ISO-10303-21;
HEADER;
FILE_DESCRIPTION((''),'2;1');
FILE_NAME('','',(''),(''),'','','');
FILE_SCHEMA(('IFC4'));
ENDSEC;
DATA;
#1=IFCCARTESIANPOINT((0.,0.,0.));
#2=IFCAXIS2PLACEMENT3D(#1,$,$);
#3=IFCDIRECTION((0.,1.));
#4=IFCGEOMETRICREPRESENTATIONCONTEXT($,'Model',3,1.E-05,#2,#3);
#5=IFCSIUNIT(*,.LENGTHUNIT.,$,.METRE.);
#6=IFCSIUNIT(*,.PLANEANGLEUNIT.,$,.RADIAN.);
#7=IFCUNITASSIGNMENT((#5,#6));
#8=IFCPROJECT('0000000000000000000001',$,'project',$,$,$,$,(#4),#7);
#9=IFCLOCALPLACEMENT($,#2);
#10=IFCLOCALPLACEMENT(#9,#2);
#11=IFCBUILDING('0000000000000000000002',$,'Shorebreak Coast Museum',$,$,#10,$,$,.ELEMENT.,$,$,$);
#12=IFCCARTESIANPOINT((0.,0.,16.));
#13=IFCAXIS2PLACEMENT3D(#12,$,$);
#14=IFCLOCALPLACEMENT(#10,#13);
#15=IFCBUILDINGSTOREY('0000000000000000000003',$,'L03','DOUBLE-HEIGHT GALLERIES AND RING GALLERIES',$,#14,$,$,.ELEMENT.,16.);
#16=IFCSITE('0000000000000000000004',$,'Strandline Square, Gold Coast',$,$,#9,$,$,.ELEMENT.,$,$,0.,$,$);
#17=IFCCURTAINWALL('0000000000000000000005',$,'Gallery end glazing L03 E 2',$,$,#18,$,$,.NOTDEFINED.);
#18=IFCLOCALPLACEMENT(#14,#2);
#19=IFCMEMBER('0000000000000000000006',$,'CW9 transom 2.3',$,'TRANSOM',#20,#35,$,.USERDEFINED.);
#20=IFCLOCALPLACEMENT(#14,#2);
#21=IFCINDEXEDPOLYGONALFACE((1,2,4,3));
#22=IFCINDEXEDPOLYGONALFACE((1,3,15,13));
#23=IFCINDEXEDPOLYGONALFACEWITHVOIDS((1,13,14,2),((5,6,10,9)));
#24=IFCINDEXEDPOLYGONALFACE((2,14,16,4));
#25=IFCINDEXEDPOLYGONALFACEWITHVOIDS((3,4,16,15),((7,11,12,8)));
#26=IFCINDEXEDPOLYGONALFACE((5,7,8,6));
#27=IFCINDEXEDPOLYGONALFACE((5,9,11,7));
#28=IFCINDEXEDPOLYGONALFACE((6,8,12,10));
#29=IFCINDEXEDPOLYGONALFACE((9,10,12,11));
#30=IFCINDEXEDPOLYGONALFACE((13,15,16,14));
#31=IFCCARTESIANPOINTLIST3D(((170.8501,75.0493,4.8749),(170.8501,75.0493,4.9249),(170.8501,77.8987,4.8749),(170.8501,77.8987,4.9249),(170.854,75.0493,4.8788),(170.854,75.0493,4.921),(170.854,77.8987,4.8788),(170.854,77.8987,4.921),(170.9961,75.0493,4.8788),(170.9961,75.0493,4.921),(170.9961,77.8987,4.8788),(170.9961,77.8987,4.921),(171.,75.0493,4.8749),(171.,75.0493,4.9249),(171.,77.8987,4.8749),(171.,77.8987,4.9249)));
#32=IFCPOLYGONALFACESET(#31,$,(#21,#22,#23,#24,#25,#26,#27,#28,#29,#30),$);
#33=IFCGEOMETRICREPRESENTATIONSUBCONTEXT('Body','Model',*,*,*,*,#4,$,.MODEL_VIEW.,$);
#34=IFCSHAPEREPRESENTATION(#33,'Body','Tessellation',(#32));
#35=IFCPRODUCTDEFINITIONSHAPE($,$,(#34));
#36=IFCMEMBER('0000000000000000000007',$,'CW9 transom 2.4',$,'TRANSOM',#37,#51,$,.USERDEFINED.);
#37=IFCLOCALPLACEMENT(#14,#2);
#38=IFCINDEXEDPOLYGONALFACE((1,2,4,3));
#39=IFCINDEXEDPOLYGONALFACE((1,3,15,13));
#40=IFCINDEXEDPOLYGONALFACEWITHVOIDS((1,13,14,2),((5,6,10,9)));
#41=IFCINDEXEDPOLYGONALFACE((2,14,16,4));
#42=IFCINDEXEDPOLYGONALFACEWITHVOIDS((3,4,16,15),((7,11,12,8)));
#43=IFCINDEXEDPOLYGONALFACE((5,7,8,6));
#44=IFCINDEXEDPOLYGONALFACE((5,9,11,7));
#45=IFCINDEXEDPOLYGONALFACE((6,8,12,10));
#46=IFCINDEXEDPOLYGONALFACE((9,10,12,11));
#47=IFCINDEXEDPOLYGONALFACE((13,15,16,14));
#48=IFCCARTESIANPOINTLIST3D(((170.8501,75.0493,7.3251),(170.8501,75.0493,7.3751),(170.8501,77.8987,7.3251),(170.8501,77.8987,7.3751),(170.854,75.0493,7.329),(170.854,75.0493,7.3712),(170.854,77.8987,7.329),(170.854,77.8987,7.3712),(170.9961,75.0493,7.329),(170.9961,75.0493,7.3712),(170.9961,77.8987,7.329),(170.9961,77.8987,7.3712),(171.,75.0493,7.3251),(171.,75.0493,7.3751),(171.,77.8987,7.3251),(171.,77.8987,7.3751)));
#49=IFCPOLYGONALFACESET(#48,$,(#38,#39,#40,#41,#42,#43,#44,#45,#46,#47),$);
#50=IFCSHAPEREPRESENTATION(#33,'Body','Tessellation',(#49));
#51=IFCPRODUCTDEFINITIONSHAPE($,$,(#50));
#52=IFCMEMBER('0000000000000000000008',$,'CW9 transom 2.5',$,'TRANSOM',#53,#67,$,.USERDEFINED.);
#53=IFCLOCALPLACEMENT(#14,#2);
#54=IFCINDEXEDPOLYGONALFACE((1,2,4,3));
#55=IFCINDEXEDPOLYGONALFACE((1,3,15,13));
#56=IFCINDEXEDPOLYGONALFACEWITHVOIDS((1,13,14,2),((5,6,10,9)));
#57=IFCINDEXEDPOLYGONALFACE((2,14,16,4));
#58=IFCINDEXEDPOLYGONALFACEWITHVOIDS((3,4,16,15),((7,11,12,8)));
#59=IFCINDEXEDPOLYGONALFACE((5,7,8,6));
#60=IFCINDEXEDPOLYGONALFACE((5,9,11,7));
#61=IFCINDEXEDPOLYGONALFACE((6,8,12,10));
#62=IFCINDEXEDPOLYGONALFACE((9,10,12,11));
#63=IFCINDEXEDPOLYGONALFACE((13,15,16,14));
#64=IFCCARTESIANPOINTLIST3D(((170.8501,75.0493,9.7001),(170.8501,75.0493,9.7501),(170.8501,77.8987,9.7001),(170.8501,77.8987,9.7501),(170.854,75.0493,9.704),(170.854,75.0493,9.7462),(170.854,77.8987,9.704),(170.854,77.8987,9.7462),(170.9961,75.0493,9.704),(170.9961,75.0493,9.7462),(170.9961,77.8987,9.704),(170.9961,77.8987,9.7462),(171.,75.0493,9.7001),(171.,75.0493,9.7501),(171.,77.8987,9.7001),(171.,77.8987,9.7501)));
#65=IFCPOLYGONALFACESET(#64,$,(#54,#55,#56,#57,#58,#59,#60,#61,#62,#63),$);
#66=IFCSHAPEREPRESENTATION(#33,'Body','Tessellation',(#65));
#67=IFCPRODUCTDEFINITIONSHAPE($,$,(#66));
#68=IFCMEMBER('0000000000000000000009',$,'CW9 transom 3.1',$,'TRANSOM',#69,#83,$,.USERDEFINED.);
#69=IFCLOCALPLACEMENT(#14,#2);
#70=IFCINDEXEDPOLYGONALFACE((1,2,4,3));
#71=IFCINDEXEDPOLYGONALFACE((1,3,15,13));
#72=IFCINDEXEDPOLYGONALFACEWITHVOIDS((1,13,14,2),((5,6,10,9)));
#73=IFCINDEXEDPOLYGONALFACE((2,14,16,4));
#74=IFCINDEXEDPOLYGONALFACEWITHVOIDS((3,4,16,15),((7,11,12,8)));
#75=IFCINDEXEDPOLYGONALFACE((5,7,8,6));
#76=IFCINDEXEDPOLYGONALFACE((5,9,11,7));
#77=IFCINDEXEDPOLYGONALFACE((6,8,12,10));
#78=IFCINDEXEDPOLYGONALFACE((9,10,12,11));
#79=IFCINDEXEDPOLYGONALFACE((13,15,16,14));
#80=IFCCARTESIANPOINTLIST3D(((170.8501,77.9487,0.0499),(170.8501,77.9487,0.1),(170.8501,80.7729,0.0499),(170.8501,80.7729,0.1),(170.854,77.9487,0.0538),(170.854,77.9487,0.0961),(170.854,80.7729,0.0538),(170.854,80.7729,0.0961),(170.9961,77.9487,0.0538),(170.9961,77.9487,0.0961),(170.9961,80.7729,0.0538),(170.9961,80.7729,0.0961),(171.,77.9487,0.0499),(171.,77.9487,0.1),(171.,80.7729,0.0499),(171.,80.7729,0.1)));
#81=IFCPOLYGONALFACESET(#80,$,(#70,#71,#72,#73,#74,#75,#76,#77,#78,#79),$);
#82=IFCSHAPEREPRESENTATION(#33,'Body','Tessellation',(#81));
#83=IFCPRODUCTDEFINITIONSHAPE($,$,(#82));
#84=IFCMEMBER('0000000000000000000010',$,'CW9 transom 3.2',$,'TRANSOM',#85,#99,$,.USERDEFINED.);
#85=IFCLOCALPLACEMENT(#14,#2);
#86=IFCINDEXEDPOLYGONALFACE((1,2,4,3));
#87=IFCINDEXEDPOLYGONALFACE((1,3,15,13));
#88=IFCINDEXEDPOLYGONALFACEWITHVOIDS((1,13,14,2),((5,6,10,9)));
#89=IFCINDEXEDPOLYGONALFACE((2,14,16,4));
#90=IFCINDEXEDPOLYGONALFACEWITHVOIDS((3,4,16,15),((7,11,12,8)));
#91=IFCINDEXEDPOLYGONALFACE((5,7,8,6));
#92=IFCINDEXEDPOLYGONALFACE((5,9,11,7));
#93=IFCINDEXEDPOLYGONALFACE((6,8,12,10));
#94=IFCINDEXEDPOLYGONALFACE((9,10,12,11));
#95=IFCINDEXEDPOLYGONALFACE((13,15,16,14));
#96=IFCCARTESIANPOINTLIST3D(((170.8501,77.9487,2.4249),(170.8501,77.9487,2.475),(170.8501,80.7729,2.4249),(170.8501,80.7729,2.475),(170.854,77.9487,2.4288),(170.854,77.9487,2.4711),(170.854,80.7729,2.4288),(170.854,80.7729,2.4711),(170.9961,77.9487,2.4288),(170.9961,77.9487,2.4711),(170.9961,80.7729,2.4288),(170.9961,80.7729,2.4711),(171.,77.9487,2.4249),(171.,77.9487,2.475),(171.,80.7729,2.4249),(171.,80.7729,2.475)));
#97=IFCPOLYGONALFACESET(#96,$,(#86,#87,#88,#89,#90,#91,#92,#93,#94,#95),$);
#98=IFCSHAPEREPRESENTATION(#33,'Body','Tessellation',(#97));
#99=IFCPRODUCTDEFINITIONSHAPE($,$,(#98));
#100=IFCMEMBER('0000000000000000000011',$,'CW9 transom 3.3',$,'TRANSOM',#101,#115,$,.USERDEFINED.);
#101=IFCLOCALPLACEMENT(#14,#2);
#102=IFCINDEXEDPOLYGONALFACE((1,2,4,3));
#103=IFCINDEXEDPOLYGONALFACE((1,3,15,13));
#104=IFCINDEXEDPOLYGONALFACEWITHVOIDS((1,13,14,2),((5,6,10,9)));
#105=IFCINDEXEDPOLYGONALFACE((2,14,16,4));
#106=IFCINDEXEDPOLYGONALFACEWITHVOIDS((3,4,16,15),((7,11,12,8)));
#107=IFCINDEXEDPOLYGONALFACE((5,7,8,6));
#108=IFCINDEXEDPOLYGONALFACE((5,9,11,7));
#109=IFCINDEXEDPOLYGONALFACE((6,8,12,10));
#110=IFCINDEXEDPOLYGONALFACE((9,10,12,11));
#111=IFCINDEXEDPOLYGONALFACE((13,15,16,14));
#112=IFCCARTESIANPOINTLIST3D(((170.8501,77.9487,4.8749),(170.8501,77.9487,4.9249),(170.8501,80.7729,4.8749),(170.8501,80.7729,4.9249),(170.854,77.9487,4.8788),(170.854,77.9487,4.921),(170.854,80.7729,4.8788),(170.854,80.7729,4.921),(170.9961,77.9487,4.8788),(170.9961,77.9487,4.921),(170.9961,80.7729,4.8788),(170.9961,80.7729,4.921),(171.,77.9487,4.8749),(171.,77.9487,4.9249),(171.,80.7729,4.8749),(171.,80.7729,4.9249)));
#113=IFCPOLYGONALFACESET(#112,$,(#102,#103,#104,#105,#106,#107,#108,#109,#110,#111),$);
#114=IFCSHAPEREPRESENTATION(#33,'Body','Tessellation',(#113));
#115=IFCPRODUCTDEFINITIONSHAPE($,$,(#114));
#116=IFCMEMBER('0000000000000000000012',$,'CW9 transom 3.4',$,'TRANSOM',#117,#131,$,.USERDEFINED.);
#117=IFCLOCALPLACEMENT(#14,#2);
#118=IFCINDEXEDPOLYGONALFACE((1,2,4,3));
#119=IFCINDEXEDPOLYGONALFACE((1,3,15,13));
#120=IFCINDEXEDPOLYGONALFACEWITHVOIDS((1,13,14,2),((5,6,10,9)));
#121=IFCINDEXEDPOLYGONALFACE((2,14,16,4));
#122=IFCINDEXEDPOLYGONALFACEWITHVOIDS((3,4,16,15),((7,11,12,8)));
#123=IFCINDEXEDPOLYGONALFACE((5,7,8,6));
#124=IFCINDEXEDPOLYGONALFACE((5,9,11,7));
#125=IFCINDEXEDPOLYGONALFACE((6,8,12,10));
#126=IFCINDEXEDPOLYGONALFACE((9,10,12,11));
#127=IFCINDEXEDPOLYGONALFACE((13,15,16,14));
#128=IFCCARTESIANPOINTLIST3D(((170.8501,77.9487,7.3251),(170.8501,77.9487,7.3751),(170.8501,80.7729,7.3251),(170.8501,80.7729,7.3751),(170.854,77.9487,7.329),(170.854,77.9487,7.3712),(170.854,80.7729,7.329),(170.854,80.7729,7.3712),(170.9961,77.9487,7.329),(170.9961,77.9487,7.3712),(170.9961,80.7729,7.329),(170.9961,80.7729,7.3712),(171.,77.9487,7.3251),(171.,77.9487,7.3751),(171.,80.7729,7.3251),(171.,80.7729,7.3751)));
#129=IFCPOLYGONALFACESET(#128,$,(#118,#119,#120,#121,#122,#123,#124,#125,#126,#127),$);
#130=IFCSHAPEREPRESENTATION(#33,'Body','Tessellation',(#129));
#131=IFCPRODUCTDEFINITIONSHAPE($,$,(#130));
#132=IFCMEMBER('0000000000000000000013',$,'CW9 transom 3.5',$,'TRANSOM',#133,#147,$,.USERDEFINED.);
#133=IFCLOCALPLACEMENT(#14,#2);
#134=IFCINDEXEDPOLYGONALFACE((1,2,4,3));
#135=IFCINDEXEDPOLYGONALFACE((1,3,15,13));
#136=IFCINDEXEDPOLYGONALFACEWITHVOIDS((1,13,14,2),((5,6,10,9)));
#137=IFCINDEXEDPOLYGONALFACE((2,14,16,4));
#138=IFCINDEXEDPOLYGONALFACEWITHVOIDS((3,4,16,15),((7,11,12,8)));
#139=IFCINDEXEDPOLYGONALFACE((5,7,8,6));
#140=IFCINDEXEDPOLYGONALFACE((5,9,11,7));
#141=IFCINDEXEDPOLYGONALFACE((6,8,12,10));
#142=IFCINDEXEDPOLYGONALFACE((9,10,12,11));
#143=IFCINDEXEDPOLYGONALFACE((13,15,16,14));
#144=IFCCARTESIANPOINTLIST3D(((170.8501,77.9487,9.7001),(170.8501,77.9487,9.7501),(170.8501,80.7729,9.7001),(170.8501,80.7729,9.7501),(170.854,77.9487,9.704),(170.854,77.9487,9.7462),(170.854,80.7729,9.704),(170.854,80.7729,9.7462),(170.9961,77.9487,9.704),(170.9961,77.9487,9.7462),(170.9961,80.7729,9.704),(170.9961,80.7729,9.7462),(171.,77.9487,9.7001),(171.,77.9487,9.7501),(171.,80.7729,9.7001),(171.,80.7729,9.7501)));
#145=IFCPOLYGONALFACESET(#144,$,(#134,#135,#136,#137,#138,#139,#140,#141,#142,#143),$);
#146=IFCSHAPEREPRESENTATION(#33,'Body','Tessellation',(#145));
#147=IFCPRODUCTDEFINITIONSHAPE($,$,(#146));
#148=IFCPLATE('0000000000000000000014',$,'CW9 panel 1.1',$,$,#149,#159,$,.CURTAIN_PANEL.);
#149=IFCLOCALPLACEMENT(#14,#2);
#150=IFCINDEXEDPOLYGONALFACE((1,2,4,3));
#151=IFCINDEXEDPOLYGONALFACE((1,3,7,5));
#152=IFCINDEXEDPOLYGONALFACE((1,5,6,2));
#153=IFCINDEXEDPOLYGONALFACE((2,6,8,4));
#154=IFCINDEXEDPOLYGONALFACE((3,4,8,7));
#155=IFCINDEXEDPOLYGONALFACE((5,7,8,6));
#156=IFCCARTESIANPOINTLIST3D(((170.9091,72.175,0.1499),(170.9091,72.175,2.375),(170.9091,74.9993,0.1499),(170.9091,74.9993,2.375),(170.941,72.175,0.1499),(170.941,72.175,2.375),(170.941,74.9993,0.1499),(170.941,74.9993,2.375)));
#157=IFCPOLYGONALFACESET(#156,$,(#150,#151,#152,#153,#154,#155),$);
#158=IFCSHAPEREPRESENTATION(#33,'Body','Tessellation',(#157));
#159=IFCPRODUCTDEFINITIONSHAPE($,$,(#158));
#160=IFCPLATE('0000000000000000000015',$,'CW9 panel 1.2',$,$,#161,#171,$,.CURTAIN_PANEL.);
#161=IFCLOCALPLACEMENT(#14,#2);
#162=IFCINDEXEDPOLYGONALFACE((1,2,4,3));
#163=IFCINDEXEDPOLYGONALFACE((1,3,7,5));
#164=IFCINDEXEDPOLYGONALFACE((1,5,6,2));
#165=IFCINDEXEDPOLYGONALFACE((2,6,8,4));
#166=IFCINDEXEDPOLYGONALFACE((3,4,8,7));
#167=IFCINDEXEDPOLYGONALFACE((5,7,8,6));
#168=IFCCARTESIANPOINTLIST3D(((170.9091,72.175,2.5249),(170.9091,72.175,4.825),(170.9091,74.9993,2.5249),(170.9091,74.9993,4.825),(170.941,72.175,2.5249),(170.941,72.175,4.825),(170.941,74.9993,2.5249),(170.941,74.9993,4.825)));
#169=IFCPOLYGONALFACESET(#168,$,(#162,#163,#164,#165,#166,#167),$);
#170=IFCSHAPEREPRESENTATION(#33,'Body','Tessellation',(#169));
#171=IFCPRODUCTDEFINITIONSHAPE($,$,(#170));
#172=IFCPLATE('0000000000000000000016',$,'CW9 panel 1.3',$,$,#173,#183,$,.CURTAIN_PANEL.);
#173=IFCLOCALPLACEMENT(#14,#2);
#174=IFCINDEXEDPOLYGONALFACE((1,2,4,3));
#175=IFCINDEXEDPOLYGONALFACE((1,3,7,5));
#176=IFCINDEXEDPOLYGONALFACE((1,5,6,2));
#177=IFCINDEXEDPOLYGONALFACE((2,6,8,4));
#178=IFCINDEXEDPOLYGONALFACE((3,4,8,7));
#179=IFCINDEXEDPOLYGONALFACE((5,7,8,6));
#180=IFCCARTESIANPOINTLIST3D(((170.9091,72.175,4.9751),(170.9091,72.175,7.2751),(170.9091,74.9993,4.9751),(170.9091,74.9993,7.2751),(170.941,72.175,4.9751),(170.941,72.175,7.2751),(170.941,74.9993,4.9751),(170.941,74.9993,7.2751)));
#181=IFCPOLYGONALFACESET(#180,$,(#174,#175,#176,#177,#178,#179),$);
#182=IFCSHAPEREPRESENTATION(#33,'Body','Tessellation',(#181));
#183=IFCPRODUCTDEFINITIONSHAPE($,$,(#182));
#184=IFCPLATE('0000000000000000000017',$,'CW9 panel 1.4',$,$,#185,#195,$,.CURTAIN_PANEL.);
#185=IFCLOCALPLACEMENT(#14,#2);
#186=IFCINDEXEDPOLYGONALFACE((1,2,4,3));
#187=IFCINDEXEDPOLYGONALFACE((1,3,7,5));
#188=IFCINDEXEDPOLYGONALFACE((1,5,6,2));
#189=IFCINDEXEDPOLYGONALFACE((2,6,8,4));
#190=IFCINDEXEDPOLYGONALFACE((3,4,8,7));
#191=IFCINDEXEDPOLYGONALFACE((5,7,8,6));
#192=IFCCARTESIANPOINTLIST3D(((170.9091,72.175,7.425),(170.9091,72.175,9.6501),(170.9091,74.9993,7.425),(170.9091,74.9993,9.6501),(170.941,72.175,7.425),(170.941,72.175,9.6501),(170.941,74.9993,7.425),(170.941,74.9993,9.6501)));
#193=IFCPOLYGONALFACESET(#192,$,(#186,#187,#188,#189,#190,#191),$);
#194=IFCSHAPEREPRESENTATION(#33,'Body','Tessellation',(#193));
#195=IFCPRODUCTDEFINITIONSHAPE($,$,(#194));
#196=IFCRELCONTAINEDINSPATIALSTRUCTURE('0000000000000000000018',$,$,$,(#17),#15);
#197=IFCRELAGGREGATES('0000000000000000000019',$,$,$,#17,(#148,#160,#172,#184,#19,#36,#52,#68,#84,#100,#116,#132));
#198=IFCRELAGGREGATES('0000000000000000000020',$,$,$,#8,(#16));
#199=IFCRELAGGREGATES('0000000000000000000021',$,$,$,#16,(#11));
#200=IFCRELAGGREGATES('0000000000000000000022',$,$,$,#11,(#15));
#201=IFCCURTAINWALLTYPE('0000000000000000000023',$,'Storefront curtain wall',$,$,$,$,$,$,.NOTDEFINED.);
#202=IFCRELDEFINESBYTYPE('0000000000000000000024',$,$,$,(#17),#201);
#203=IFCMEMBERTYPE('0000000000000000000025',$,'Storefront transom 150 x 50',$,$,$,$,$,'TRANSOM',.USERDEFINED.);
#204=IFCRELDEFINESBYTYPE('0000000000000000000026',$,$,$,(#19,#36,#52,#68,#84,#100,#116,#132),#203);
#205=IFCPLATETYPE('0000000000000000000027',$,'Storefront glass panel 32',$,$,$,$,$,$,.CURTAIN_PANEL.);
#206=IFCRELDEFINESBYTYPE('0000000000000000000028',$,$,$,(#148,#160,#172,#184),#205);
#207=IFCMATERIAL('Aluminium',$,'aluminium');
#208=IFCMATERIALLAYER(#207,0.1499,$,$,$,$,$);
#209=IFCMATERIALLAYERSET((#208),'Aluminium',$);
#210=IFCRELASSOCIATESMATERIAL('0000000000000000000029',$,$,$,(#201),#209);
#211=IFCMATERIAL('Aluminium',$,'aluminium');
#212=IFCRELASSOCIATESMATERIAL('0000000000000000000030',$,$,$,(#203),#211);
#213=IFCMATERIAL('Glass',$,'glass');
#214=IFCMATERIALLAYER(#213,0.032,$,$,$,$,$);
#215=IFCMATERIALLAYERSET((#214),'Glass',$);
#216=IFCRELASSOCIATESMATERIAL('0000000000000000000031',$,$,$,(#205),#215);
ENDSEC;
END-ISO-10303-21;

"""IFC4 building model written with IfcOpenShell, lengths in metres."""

from ifc_helpers import new_model, si_unit, direction, frame, origin, origin_2d, place, context, subcontext, project, spatial, rectangle, hollow_rectangle, extrude, material, layer, layer_set, material_profile, profile_set, type_object, element, aggregate, save


model = new_model("IFC4")

# Units and contexts
model_context = context("Model", 3, precision=1e-05, world=origin(), true_north=direction((0.0, 1.0)))
body_context = subcontext(model_context, "Body", "Model", "MODEL_VIEW")
ifc_project = project(units=[si_unit("LENGTHUNIT", "METRE"), si_unit("PLANEANGLEUNIT", "RADIAN")], contexts=[model_context])

# Site, building, storey
site_placement = place(None, origin())
site = spatial("IfcSite", under=ifc_project, at=site_placement, Name="Strandline Square, Gold Coast", CompositionType="ELEMENT", RefElevation=0.0)
building_placement = place(site_placement, origin())
building = spatial("IfcBuilding", under=site, at=building_placement, Name="Shorebreak Coast Museum", CompositionType="ELEMENT")
storey_placement = place(building_placement, frame((0.0, 0.0, 16.0)))
storey = spatial("IfcBuildingStorey", under=building, at=storey_placement, Name="L03", Description="DOUBLE-HEIGHT GALLERIES AND RING GALLERIES", CompositionType="ELEMENT", Elevation=16.0)

# Curtain wall, members, plates
ifc_material_1 = material(Name="Aluminium", Category="aluminium")
ifc_layer_1 = layer(ifc_material_1, 0.1499)
ifc_layer_set_1 = layer_set([ifc_layer_1], Name="Aluminium")
curtain_wall_type = type_object("IfcCurtainWallType", Name="Storefront curtain wall", PredefinedType="NOTDEFINED", material=ifc_layer_set_1)
curtain_wall_placement = place(storey_placement, origin())
curtain_wall = element("IfcCurtainWall", 1, at=curtain_wall_placement, inside=storey, type_object=curtain_wall_type, Name="Gallery end glazing L03 E 2", PredefinedType="NOTDEFINED")
ifc_material_2 = material(Name="Aluminium", Category="aluminium")
ifc_material_profile_1 = material_profile(ifc_material_2, hollow_rectangle(XDim=0.1499, YDim=0.05, WallThickness=0.0039, at=origin_2d()), Name="AL 50x150 RHS")
ifc_profile_set_1 = profile_set([ifc_material_profile_1], Name="Aluminium")
member_type_1 = type_object("IfcMemberType", Name="Storefront transom 150 x 50", ElementType="TRANSOM", PredefinedType="USERDEFINED", material=ifc_profile_set_1)
member_1_placement = place(storey_placement, frame((170.925, 75.0493, 4.8999), z_axis=(0.0, 1.0, 0.0), x_axis=(-1.0, 0.0, 0.0)))
member_1 = element("IfcMember", 2, at=member_1_placement, type_object=member_type_1, Name="CW9 transom 2.3", ObjectType="TRANSOM", PredefinedType="USERDEFINED", context=body_context, shape_type="SweptSolid", body=[
    extrude(hollow_rectangle(XDim=0.1499, YDim=0.05, WallThickness=0.0039, at=origin_2d()), origin(), (0.0, 0.0, 1.0), 2.8494),
])
member_2_placement = place(storey_placement, frame((170.925, 75.0493, 7.3501), z_axis=(0.0, 1.0, 0.0), x_axis=(-1.0, 0.0, 0.0)))
member_2 = element("IfcMember", 3, at=member_2_placement, type_object=member_type_1, Name="CW9 transom 2.4", ObjectType="TRANSOM", PredefinedType="USERDEFINED", context=body_context, shape_type="SweptSolid", body=[
    extrude(hollow_rectangle(XDim=0.1499, YDim=0.05, WallThickness=0.0039, at=origin_2d()), origin(), (0.0, 0.0, 1.0), 2.8494),
])
member_3_placement = place(storey_placement, frame((170.925, 75.0493, 9.7251), z_axis=(0.0, 1.0, 0.0), x_axis=(-1.0, 0.0, 0.0)))
member_3 = element("IfcMember", 4, at=member_3_placement, type_object=member_type_1, Name="CW9 transom 2.5", ObjectType="TRANSOM", PredefinedType="USERDEFINED", context=body_context, shape_type="SweptSolid", body=[
    extrude(hollow_rectangle(XDim=0.1499, YDim=0.05, WallThickness=0.0039, at=origin_2d()), origin(), (0.0, 0.0, 1.0), 2.8494),
])
member_4_placement = place(storey_placement, frame((170.925, 77.9487, 0.075), z_axis=(0.0, 1.0, 0.0), x_axis=(-1.0, 0.0, 0.0)))
member_4 = element("IfcMember", 5, at=member_4_placement, type_object=member_type_1, Name="CW9 transom 3.1", ObjectType="TRANSOM", PredefinedType="USERDEFINED", context=body_context, shape_type="SweptSolid", body=[
    extrude(hollow_rectangle(XDim=0.1499, YDim=0.05, WallThickness=0.0039, at=origin_2d()), origin(), (0.0, 0.0, 1.0), 2.8242),
])
member_5_placement = place(storey_placement, frame((170.925, 77.9487, 2.45), z_axis=(0.0, 1.0, 0.0), x_axis=(-1.0, 0.0, 0.0)))
member_5 = element("IfcMember", 6, at=member_5_placement, type_object=member_type_1, Name="CW9 transom 3.2", ObjectType="TRANSOM", PredefinedType="USERDEFINED", context=body_context, shape_type="SweptSolid", body=[
    extrude(hollow_rectangle(XDim=0.1499, YDim=0.05, WallThickness=0.0039, at=origin_2d()), origin(), (0.0, 0.0, 1.0), 2.8242),
])
member_6_placement = place(storey_placement, frame((170.925, 77.9487, 4.8999), z_axis=(0.0, 1.0, 0.0), x_axis=(-1.0, 0.0, 0.0)))
member_6 = element("IfcMember", 7, at=member_6_placement, type_object=member_type_1, Name="CW9 transom 3.3", ObjectType="TRANSOM", PredefinedType="USERDEFINED", context=body_context, shape_type="SweptSolid", body=[
    extrude(hollow_rectangle(XDim=0.1499, YDim=0.05, WallThickness=0.0039, at=origin_2d()), origin(), (0.0, 0.0, 1.0), 2.8242),
])
member_7_placement = place(storey_placement, frame((170.925, 77.9487, 7.3501), z_axis=(0.0, 1.0, 0.0), x_axis=(-1.0, 0.0, 0.0)))
member_7 = element("IfcMember", 8, at=member_7_placement, type_object=member_type_1, Name="CW9 transom 3.4", ObjectType="TRANSOM", PredefinedType="USERDEFINED", context=body_context, shape_type="SweptSolid", body=[
    extrude(hollow_rectangle(XDim=0.1499, YDim=0.05, WallThickness=0.0039, at=origin_2d()), origin(), (0.0, 0.0, 1.0), 2.8242),
])
member_8_placement = place(storey_placement, frame((170.925, 77.9487, 9.7251), z_axis=(0.0, 1.0, 0.0), x_axis=(-1.0, 0.0, 0.0)))
member_8 = element("IfcMember", 9, at=member_8_placement, type_object=member_type_1, Name="CW9 transom 3.5", ObjectType="TRANSOM", PredefinedType="USERDEFINED", context=body_context, shape_type="SweptSolid", body=[
    extrude(hollow_rectangle(XDim=0.1499, YDim=0.05, WallThickness=0.0039, at=origin_2d()), origin(), (0.0, 0.0, 1.0), 2.8242),
])
ifc_material_3 = material(Name="Glass", Category="glass")
ifc_layer_2 = layer(ifc_material_3, 0.032)
ifc_layer_set_2 = layer_set([ifc_layer_2], Name="Glass")
plate_type = type_object("IfcPlateType", Name="Storefront glass panel 32", PredefinedType="CURTAIN_PANEL", material=ifc_layer_set_2)
plate_1_placement = place(storey_placement, frame((170.925, 73.5872, 0.1499), z_axis=(0.0, 0.0, 1.0), x_axis=(0.0, 1.0, 0.0)))
plate_1 = element("IfcPlate", 10, at=plate_1_placement, type_object=plate_type, Name="CW9 panel 1.1", PredefinedType="CURTAIN_PANEL", context=body_context, shape_type="SweptSolid", body=[
    extrude(rectangle(XDim=2.8242, YDim=0.032, at=origin_2d()), origin(), (0.0, 0.0, 1.0), 2.2251),
])
plate_2_placement = place(storey_placement, frame((170.925, 73.5872, 2.5249), z_axis=(0.0, 0.0, 1.0), x_axis=(0.0, 1.0, 0.0)))
plate_2 = element("IfcPlate", 11, at=plate_2_placement, type_object=plate_type, Name="CW9 panel 1.2", PredefinedType="CURTAIN_PANEL", context=body_context, shape_type="SweptSolid", body=[
    extrude(rectangle(XDim=2.8242, YDim=0.032, at=origin_2d()), origin(), (0.0, 0.0, 1.0), 2.3),
])
plate_3_placement = place(storey_placement, frame((170.925, 73.5872, 4.9751), z_axis=(0.0, 0.0, 1.0), x_axis=(0.0, 1.0, 0.0)))
plate_3 = element("IfcPlate", 12, at=plate_3_placement, type_object=plate_type, Name="CW9 panel 1.3", PredefinedType="CURTAIN_PANEL", context=body_context, shape_type="SweptSolid", body=[
    extrude(rectangle(XDim=2.8242, YDim=0.032, at=origin_2d()), origin(), (0.0, 0.0, 1.0), 2.3),
])
plate_4_placement = place(storey_placement, frame((170.925, 73.5872, 7.425), z_axis=(0.0, 0.0, 1.0), x_axis=(0.0, 1.0, 0.0)))
plate_4 = element("IfcPlate", 13, at=plate_4_placement, type_object=plate_type, Name="CW9 panel 1.4", PredefinedType="CURTAIN_PANEL", context=body_context, shape_type="SweptSolid", body=[
    extrude(rectangle(XDim=2.8242, YDim=0.032, at=origin_2d()), origin(), (0.0, 0.0, 1.0), 2.2251),
])
aggregate(curtain_wall, [plate_1, plate_2, plate_3, plate_4, member_1, member_2, member_3, member_4, member_5, member_6, member_7, member_8])

save(model, "model.ifc")
